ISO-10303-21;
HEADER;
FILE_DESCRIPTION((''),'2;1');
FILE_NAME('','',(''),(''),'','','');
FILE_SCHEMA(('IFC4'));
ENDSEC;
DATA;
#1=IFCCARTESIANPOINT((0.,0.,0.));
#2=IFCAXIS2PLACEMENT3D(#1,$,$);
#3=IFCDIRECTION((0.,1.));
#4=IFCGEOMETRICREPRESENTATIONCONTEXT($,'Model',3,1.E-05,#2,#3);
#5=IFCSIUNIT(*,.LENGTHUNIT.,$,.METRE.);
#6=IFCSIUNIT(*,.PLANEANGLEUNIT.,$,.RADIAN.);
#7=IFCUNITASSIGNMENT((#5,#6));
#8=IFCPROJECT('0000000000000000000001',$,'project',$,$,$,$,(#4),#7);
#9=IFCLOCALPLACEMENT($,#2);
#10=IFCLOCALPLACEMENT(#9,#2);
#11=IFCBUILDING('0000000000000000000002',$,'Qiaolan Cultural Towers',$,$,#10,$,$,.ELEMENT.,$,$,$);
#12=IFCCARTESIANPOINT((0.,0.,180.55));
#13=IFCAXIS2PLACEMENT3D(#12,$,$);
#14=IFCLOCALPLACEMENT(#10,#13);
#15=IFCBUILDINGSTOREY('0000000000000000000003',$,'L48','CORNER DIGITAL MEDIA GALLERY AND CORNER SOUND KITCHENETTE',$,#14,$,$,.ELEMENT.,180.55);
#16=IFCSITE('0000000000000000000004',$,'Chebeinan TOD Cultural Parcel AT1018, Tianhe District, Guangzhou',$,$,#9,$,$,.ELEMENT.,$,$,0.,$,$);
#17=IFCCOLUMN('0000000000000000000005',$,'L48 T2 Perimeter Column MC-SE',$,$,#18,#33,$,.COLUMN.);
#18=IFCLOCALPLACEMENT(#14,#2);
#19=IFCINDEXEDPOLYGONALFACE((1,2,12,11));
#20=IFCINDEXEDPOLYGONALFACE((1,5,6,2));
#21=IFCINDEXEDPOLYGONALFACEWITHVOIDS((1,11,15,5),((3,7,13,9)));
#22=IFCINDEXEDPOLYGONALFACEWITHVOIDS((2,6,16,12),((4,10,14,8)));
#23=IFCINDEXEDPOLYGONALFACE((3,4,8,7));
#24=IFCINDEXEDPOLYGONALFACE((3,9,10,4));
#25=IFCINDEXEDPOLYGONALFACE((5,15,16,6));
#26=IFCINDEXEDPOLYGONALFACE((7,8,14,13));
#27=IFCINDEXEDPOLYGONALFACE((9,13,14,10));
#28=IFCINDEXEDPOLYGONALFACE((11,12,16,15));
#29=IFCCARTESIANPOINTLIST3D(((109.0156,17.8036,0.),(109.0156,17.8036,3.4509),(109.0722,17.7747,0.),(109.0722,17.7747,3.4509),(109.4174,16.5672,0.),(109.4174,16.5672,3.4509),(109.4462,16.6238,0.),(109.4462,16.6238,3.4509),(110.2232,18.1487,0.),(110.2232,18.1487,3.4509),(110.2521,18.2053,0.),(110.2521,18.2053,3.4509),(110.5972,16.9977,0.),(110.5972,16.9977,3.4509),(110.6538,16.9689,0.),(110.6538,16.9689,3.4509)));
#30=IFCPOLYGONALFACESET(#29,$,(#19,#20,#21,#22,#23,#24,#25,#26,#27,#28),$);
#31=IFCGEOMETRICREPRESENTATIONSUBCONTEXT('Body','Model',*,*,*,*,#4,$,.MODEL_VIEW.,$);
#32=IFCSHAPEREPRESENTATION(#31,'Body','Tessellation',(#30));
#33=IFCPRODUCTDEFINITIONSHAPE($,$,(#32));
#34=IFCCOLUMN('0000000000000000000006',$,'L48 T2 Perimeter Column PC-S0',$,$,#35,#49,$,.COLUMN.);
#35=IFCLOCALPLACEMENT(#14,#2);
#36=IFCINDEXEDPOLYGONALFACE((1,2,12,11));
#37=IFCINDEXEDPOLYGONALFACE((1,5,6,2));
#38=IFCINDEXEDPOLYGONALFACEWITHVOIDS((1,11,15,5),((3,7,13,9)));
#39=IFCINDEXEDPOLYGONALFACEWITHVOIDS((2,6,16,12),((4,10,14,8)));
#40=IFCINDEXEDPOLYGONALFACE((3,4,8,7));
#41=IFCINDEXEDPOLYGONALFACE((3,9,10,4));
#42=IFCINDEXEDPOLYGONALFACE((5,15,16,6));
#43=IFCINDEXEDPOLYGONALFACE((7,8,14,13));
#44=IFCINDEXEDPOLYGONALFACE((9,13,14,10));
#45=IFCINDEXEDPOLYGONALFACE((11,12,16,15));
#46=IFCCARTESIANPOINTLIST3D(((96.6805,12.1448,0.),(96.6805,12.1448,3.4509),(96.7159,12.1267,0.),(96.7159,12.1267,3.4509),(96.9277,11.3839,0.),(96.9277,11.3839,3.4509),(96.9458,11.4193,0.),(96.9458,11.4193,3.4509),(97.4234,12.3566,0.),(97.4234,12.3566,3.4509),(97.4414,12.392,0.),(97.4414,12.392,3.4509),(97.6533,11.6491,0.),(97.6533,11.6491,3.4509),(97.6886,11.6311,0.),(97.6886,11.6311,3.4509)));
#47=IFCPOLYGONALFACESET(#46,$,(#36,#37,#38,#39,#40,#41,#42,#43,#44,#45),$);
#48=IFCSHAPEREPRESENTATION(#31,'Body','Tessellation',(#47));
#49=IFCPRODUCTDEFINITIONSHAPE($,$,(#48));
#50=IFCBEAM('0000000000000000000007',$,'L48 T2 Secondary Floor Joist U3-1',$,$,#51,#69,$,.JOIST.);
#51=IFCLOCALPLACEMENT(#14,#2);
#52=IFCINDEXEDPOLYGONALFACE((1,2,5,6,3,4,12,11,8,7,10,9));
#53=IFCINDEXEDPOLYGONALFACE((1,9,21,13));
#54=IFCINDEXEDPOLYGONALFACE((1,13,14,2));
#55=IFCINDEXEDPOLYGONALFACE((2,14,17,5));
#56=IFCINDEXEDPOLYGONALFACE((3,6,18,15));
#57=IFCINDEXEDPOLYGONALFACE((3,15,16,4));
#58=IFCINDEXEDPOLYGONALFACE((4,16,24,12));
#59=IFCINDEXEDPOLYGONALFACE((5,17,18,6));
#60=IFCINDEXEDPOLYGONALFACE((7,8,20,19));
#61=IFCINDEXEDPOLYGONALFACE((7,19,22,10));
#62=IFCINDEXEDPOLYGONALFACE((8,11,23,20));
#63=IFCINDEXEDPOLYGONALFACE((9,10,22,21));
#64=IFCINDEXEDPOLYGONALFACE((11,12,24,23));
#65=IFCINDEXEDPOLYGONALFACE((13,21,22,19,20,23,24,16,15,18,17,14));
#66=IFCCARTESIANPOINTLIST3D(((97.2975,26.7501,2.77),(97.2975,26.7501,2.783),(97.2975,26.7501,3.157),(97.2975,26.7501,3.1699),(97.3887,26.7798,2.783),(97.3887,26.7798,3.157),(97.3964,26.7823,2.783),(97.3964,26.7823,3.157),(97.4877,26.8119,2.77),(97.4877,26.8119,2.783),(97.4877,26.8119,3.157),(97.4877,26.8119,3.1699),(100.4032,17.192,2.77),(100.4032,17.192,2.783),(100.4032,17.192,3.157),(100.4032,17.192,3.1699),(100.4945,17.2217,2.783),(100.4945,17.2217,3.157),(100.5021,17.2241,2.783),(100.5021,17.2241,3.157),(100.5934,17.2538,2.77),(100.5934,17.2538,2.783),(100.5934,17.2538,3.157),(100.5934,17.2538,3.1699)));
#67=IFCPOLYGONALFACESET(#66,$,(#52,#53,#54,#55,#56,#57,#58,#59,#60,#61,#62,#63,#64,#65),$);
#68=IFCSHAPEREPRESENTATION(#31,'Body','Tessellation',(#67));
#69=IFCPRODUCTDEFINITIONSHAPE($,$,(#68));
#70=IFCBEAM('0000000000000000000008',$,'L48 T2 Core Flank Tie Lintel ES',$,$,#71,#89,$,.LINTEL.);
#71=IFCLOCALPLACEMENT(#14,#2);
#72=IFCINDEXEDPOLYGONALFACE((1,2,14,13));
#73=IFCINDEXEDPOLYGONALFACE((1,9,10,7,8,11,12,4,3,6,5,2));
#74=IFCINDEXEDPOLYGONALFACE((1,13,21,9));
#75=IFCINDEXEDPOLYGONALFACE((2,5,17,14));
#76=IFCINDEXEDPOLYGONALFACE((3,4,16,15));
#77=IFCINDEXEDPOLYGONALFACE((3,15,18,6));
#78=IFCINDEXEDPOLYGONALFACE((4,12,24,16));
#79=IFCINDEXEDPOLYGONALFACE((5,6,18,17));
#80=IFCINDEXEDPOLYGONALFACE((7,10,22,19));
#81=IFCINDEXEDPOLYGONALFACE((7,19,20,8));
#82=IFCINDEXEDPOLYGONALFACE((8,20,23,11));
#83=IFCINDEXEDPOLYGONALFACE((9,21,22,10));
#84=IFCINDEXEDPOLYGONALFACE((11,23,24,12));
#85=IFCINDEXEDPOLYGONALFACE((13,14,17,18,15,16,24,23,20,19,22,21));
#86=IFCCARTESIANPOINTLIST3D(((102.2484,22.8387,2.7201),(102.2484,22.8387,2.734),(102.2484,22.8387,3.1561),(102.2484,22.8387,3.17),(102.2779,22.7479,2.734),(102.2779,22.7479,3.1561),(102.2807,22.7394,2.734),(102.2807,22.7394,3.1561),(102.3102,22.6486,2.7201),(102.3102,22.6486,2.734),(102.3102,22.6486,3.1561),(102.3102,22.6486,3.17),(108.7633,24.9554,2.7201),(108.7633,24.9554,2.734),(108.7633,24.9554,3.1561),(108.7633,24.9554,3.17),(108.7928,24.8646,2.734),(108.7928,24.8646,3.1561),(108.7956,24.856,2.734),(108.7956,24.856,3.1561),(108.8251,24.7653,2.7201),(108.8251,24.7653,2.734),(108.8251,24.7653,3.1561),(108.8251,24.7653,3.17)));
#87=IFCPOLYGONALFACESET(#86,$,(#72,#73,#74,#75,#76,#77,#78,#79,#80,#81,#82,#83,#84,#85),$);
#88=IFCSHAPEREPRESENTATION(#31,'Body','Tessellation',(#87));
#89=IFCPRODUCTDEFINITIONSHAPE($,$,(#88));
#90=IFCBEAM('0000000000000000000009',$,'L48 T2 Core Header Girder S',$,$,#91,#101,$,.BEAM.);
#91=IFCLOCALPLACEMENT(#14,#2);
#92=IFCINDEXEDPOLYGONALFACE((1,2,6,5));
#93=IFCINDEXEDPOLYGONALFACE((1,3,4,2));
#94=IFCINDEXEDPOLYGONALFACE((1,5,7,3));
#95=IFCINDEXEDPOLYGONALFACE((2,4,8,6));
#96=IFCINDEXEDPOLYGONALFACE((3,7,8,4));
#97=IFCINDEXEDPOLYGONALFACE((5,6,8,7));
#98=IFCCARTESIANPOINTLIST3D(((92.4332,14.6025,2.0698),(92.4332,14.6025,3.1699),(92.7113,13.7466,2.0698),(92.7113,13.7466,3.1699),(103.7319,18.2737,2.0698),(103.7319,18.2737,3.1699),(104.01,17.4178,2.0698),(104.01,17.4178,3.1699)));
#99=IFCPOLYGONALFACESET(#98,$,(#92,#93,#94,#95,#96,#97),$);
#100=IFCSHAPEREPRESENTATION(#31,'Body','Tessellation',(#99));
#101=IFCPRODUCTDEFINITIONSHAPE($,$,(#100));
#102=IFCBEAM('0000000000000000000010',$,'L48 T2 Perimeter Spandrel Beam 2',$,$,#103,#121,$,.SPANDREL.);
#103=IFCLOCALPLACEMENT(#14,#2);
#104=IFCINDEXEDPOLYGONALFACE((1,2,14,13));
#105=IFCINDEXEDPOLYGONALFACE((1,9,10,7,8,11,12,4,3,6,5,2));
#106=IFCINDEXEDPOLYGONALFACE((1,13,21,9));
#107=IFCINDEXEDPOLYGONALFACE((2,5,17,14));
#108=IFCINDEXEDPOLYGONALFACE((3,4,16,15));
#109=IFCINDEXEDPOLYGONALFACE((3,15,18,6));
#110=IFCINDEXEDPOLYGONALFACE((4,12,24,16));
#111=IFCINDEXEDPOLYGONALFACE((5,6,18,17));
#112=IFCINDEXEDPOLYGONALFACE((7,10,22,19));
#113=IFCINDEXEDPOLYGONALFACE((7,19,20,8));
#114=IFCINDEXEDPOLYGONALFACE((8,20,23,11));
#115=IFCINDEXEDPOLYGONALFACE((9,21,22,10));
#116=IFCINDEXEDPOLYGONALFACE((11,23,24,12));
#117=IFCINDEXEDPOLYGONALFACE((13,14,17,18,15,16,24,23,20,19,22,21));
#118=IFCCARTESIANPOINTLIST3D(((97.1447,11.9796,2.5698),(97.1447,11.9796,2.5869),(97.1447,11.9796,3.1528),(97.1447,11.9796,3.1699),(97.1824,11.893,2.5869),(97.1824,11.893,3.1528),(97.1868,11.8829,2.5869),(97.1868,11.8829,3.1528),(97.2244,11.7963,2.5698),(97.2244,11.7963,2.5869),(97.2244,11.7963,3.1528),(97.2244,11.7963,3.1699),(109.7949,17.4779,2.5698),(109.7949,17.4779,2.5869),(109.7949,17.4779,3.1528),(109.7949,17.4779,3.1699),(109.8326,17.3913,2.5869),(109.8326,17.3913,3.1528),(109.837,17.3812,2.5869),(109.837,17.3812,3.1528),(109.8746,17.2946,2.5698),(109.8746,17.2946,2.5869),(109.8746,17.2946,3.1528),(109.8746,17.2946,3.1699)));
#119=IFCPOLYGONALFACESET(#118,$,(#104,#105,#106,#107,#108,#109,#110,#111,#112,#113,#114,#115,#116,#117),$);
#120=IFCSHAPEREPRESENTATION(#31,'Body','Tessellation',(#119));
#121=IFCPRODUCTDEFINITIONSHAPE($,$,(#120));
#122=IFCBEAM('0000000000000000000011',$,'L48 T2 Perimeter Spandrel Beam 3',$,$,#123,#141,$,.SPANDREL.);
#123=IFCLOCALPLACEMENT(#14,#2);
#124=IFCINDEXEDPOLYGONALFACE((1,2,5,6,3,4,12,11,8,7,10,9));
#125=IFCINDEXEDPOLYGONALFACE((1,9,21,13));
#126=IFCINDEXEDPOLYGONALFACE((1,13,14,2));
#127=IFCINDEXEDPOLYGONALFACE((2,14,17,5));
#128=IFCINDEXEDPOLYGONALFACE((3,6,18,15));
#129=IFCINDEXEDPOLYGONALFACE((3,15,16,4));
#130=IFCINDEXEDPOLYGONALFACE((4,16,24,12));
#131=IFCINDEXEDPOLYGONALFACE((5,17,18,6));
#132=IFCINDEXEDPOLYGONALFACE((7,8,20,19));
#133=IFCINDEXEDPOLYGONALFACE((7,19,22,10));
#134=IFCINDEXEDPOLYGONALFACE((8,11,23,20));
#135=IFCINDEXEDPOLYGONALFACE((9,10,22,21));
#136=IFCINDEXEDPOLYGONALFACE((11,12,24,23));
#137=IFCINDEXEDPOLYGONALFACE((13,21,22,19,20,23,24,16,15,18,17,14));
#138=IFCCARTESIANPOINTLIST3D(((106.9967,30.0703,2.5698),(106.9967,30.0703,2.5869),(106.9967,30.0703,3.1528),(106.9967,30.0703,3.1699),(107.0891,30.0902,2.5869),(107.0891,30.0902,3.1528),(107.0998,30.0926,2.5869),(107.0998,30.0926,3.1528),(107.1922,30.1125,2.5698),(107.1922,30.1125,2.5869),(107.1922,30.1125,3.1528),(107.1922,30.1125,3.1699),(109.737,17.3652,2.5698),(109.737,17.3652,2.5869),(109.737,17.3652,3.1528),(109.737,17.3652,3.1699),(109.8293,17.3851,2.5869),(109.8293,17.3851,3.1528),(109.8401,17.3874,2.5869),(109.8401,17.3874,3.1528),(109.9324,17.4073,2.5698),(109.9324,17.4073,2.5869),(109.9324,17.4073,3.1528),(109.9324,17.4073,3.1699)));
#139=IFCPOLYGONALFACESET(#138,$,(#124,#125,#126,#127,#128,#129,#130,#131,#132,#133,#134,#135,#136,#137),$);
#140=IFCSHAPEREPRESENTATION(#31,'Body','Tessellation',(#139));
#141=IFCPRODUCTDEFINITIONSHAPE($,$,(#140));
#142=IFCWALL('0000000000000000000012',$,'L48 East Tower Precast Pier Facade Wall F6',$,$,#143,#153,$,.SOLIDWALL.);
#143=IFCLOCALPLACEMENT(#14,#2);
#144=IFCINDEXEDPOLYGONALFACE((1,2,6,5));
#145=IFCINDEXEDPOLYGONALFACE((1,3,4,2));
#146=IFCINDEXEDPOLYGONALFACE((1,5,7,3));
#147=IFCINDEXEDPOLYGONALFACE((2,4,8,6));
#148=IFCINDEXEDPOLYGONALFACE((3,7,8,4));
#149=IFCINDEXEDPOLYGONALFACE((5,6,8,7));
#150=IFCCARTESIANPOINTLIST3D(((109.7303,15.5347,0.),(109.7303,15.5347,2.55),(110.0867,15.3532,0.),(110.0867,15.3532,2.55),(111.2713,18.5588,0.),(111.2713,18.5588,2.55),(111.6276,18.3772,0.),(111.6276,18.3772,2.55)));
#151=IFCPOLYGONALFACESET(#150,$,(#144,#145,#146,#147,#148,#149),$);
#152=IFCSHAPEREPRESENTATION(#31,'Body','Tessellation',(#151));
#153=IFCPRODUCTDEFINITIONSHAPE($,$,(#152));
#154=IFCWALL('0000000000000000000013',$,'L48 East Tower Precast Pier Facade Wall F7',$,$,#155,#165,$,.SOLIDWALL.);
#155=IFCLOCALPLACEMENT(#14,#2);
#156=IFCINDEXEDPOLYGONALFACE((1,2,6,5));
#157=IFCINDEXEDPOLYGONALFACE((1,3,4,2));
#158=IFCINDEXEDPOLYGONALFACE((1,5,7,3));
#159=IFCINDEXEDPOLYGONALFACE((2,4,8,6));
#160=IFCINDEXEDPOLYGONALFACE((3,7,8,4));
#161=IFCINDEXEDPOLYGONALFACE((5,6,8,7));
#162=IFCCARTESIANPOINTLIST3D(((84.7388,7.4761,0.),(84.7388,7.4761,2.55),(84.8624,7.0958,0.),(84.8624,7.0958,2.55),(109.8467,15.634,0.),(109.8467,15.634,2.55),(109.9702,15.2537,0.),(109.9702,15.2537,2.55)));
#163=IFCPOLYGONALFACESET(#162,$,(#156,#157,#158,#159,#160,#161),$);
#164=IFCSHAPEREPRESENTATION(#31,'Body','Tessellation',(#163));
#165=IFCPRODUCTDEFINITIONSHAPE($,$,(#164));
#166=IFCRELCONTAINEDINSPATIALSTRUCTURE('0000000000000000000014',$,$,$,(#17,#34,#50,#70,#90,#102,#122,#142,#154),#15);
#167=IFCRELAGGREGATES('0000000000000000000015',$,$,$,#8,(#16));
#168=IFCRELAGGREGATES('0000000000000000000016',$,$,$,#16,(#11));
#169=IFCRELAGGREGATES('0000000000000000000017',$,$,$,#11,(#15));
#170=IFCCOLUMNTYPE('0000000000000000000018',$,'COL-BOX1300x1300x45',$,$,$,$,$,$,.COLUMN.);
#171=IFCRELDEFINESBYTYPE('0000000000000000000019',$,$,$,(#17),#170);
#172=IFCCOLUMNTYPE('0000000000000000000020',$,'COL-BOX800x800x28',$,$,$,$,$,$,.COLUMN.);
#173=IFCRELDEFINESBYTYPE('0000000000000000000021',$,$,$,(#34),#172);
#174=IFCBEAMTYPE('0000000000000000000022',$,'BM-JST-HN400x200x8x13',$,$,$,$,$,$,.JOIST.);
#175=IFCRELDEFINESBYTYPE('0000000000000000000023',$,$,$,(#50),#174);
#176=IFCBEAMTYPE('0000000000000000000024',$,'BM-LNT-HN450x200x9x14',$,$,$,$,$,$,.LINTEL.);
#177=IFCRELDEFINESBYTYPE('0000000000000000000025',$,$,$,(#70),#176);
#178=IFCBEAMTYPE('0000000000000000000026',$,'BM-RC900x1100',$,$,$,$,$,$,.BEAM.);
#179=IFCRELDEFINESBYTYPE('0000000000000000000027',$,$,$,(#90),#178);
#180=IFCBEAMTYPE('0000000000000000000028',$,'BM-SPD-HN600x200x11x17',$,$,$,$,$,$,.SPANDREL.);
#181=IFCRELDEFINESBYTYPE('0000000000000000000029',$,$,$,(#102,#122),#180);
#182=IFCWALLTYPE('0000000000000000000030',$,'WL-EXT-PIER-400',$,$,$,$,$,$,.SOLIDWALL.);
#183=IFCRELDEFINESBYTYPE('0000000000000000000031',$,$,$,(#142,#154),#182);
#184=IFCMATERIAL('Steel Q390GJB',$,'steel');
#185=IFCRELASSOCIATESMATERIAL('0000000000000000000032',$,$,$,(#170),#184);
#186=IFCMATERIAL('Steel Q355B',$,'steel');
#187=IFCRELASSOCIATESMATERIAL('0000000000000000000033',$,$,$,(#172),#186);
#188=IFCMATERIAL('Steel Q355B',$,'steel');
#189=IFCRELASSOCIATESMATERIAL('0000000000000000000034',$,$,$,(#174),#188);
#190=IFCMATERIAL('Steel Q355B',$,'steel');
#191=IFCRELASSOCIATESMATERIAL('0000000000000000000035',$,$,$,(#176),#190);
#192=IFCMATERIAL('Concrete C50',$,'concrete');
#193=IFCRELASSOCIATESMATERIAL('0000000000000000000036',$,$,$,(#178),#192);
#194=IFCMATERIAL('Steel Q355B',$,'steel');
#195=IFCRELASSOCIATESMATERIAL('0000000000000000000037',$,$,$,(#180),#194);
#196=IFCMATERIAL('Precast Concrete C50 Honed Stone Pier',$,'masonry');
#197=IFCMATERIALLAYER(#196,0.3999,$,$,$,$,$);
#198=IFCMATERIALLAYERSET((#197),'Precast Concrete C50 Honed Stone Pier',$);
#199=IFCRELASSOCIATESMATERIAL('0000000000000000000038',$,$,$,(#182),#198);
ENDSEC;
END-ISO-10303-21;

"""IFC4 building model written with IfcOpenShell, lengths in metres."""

from ifc_helpers import new_model, si_unit, direction, frame, frame_2d, origin, origin_2d, place, context, subcontext, project, spatial, rectangle, hollow_rectangle, i_section, extrude, material, layer, layer_set, material_profile, profile_set, type_object, element, save


model = new_model("IFC4")

# Units and contexts
model_context = context("Model", 3, precision=1e-05, world=origin(), true_north=direction((0.0, 1.0)))
body_context = subcontext(model_context, "Body", "Model", "MODEL_VIEW")
ifc_project = project(units=[si_unit("LENGTHUNIT", "METRE"), si_unit("PLANEANGLEUNIT", "RADIAN")], contexts=[model_context])

# Site, building, storey
site_placement = place(None, origin())
site = spatial("IfcSite", under=ifc_project, at=site_placement, Name="Chebeinan TOD Cultural Parcel AT1018, Tianhe District, Guangzhou", CompositionType="ELEMENT", RefElevation=0.0)
building_placement = place(site_placement, origin())
building = spatial("IfcBuilding", under=site, at=building_placement, Name="Qiaolan Cultural Towers", CompositionType="ELEMENT")
storey_placement = place(building_placement, frame((0.0, 0.0, 180.55)))
storey = spatial("IfcBuildingStorey", under=building, at=storey_placement, Name="L48", Description="CORNER DIGITAL MEDIA GALLERY AND CORNER SOUND KITCHENETTE", CompositionType="ELEMENT", Elevation=180.55)

# Columns
ifc_material_1 = material(Name="Steel Q390GJB", Category="steel")
ifc_material_profile_1 = material_profile(ifc_material_1, hollow_rectangle(XDim=1.3, YDim=1.3, WallThickness=0.0449, at=origin_2d()), Name="BOX1300x1300x45")
ifc_profile_set_1 = profile_set([ifc_material_profile_1], Name="Steel Q390GJB")
column_type_1 = type_object("IfcColumnType", Name="COL-BOX1300x1300x45", PredefinedType="COLUMN", material=ifc_profile_set_1)
column_1_placement = place(storey_placement, frame((109.8347, 17.3862, 0.0), z_axis=(0.0, 0.0, 1.0), x_axis=(0.951057, 0.309017, 0.0)))
element("IfcColumn", 1, at=column_1_placement, inside=storey, type_object=column_type_1, Name="L48 T2 Perimeter Column MC-SE", PredefinedType="COLUMN", context=body_context, shape_type="SweptSolid", body=[
    extrude(hollow_rectangle(XDim=1.3, YDim=1.3, WallThickness=0.0449, at=origin_2d()), origin(), (0.0, 0.0, 1.0), 3.4509),
])
ifc_material_2 = material(Name="Steel Q355B", Category="steel")
ifc_material_profile_2 = material_profile(ifc_material_2, hollow_rectangle(XDim=0.8, YDim=0.8, WallThickness=0.0281, at=origin_2d()), Name="BOX800x800x28")
ifc_profile_set_2 = profile_set([ifc_material_profile_2], Name="Steel Q355B")
column_type_2 = type_object("IfcColumnType", Name="COL-BOX800x800x28", PredefinedType="COLUMN", material=ifc_profile_set_2)
column_2_placement = place(storey_placement, frame((97.1846, 11.8879, 0.0), z_axis=(0.0, 0.0, 1.0), x_axis=(0.951057, 0.309017, 0.0)))
element("IfcColumn", 2, at=column_2_placement, inside=storey, type_object=column_type_2, Name="L48 T2 Perimeter Column PC-S0", PredefinedType="COLUMN", context=body_context, shape_type="SweptSolid", body=[
    extrude(hollow_rectangle(XDim=0.8, YDim=0.8, WallThickness=0.0281, at=origin_2d()), origin(), (0.0, 0.0, 1.0), 3.4509),
])

# Beams
ifc_material_3 = material(Name="Steel Q355B", Category="steel")
ifc_material_profile_3 = material_profile(ifc_material_3, i_section(OverallWidth=0.2, OverallDepth=0.3999, WebThickness=0.0081, FlangeThickness=0.0129, at=origin_2d()), Name="HN400x200x8x13")
ifc_profile_set_3 = profile_set([ifc_material_profile_3], Name="Steel Q355B")
beam_type_1 = type_object("IfcBeamType", Name="BM-JST-HN400x200x8x13", PredefinedType="JOIST", material=ifc_profile_set_3)
beam_1_placement = place(storey_placement, frame((100.4983, 17.2229, 2.97), z_axis=(-0.309026, 0.951054, 0.0), x_axis=(-0.951054, -0.309026, 0.0)))
element("IfcBeam", 3, at=beam_1_placement, inside=storey, type_object=beam_type_1, Name="L48 T2 Secondary Floor Joist U3-1", PredefinedType="JOIST", context=body_context, shape_type="SweptSolid", body=[
    extrude(i_section(OverallWidth=0.2, OverallDepth=0.3999, WebThickness=0.0081, FlangeThickness=0.0129, at=origin_2d()), origin(), (0.0, 0.0, 1.0), 10.05),
])
ifc_material_4 = material(Name="Steel Q355B", Category="steel")
ifc_material_profile_4 = material_profile(ifc_material_4, i_section(OverallWidth=0.2, OverallDepth=0.45, WebThickness=0.009, FlangeThickness=0.0139, at=origin_2d()), Name="HN450x200x9x14")
ifc_profile_set_4 = profile_set([ifc_material_profile_4], Name="Steel Q355B")
beam_type_2 = type_object("IfcBeamType", Name="BM-LNT-HN450x200x9x14", PredefinedType="LINTEL", material=ifc_profile_set_4)
beam_2_placement = place(storey_placement, frame((102.2793, 22.7437, 2.9451), z_axis=(0.951062, 0.309001, 0.0), x_axis=(-0.309001, 0.951062, 0.0)))
element("IfcBeam", 4, at=beam_2_placement, inside=storey, type_object=beam_type_2, Name="L48 T2 Core Flank Tie Lintel ES", PredefinedType="LINTEL", context=body_context, shape_type="SweptSolid", body=[
    extrude(i_section(OverallWidth=0.2, OverallDepth=0.45, WebThickness=0.009, FlangeThickness=0.0139, at=origin_2d()), origin(), (0.0, 0.0, 1.0), 6.8501),
])
ifc_material_5 = material(Name="Concrete C50", Category="concrete")
ifc_material_profile_5 = material_profile(ifc_material_5, rectangle(XDim=0.8999, YDim=1.1001, at=origin_2d()), Name="RC900x1100")
ifc_profile_set_5 = profile_set([ifc_material_profile_5], Name="Concrete C50")
beam_type_3 = type_object("IfcBeamType", Name="BM-RC900x1100", PredefinedType="BEAM", material=ifc_profile_set_5)
beam_3_placement = place(storey_placement, frame((92.5723, 14.1746, 2.6199), z_axis=(0.951056, 0.309018, 0.0), x_axis=(-0.309018, 0.951056, 0.0)))
element("IfcBeam", 5, at=beam_3_placement, inside=storey, type_object=beam_type_3, Name="L48 T2 Core Header Girder S", PredefinedType="BEAM", context=body_context, shape_type="SweptSolid", body=[
    extrude(rectangle(XDim=0.8999, YDim=1.1001, at=origin_2d()), origin(), (0.0, 0.0, 1.0), 11.8801),
])
ifc_material_6 = material(Name="Steel Q355B", Category="steel")
ifc_material_profile_6 = material_profile(ifc_material_6, i_section(OverallWidth=0.2, OverallDepth=0.6001, WebThickness=0.011, FlangeThickness=0.0171, at=origin_2d()), Name="HN600x200x11x17")
ifc_profile_set_6 = profile_set([ifc_material_profile_6], Name="Steel Q355B")
beam_type_4 = type_object("IfcBeamType", Name="BM-SPD-HN600x200x11x17", PredefinedType="SPANDREL", material=ifc_profile_set_6)
beam_4_placement = place(storey_placement, frame((97.1846, 11.8879, 2.8699), z_axis=(0.917117, 0.398618, 0.0), x_axis=(-0.398618, 0.917117, 0.0)))
element("IfcBeam", 6, at=beam_4_placement, inside=storey, type_object=beam_type_4, Name="L48 T2 Perimeter Spandrel Beam 2", PredefinedType="SPANDREL", context=body_context, shape_type="SweptSolid", body=[
    extrude(i_section(OverallWidth=0.2, OverallDepth=0.6001, WebThickness=0.011, FlangeThickness=0.0171, at=origin_2d()), origin(), (0.0, 0.0, 1.0), 13.7935),
])
beam_5_placement = place(storey_placement, frame((109.8347, 17.3862, 2.8699), z_axis=(-0.210832, 0.977522, 0.0), x_axis=(-0.977522, -0.210832, 0.0)))
element("IfcBeam", 7, at=beam_5_placement, inside=storey, type_object=beam_type_4, Name="L48 T2 Perimeter Spandrel Beam 3", PredefinedType="SPANDREL", context=body_context, shape_type="SweptSolid", body=[
    extrude(i_section(OverallWidth=0.2, OverallDepth=0.6001, WebThickness=0.011, FlangeThickness=0.0171, at=origin_2d()), origin(), (0.0, 0.0, 1.0), 12.9973),
])

# Walls
ifc_material_7 = material(Name="Precast Concrete C50 Honed Stone Pier", Category="masonry")
ifc_layer_1 = layer(ifc_material_7, 0.3999)
ifc_layer_set_1 = layer_set([ifc_layer_1], Name="Precast Concrete C50 Honed Stone Pier")
wall_type_1 = type_object("IfcWallType", Name="WL-EXT-PIER-400", PredefinedType="SOLIDWALL", material=ifc_layer_set_1)
wall_1_placement = place(storey_placement, frame((111.4495, 18.468, 0.0), z_axis=(0.0, 0.0, 1.0), x_axis=(-0.45402, -0.890992, 0.0)))
element("IfcWall", 8, at=wall_1_placement, inside=storey, type_object=wall_type_1, Name="L48 East Tower Precast Pier Facade Wall F6", PredefinedType="SOLIDWALL", context=body_context, shape_type="SweptSolid", body=[
    extrude(rectangle(XDim=3.394, YDim=0.3999, at=frame_2d((1.697, 0.0))), origin(), (0.0, 0.0, 1.0), 2.55),
])
wall_2_placement = place(storey_placement, frame((109.9084, 15.4438, 0.0), z_axis=(0.0, 0.0, 1.0), x_axis=(-0.951058, -0.309014, 0.0)))
element("IfcWall", 9, at=wall_2_placement, inside=storey, type_object=wall_type_1, Name="L48 East Tower Precast Pier Facade Wall F7", PredefinedType="SOLIDWALL", context=body_context, shape_type="SweptSolid", body=[
    extrude(rectangle(XDim=26.3999, YDim=0.3999, at=frame_2d((13.2, 0.0))), origin(), (0.0, 0.0, 1.0), 2.55),
])

save(model, "model.ifc")
